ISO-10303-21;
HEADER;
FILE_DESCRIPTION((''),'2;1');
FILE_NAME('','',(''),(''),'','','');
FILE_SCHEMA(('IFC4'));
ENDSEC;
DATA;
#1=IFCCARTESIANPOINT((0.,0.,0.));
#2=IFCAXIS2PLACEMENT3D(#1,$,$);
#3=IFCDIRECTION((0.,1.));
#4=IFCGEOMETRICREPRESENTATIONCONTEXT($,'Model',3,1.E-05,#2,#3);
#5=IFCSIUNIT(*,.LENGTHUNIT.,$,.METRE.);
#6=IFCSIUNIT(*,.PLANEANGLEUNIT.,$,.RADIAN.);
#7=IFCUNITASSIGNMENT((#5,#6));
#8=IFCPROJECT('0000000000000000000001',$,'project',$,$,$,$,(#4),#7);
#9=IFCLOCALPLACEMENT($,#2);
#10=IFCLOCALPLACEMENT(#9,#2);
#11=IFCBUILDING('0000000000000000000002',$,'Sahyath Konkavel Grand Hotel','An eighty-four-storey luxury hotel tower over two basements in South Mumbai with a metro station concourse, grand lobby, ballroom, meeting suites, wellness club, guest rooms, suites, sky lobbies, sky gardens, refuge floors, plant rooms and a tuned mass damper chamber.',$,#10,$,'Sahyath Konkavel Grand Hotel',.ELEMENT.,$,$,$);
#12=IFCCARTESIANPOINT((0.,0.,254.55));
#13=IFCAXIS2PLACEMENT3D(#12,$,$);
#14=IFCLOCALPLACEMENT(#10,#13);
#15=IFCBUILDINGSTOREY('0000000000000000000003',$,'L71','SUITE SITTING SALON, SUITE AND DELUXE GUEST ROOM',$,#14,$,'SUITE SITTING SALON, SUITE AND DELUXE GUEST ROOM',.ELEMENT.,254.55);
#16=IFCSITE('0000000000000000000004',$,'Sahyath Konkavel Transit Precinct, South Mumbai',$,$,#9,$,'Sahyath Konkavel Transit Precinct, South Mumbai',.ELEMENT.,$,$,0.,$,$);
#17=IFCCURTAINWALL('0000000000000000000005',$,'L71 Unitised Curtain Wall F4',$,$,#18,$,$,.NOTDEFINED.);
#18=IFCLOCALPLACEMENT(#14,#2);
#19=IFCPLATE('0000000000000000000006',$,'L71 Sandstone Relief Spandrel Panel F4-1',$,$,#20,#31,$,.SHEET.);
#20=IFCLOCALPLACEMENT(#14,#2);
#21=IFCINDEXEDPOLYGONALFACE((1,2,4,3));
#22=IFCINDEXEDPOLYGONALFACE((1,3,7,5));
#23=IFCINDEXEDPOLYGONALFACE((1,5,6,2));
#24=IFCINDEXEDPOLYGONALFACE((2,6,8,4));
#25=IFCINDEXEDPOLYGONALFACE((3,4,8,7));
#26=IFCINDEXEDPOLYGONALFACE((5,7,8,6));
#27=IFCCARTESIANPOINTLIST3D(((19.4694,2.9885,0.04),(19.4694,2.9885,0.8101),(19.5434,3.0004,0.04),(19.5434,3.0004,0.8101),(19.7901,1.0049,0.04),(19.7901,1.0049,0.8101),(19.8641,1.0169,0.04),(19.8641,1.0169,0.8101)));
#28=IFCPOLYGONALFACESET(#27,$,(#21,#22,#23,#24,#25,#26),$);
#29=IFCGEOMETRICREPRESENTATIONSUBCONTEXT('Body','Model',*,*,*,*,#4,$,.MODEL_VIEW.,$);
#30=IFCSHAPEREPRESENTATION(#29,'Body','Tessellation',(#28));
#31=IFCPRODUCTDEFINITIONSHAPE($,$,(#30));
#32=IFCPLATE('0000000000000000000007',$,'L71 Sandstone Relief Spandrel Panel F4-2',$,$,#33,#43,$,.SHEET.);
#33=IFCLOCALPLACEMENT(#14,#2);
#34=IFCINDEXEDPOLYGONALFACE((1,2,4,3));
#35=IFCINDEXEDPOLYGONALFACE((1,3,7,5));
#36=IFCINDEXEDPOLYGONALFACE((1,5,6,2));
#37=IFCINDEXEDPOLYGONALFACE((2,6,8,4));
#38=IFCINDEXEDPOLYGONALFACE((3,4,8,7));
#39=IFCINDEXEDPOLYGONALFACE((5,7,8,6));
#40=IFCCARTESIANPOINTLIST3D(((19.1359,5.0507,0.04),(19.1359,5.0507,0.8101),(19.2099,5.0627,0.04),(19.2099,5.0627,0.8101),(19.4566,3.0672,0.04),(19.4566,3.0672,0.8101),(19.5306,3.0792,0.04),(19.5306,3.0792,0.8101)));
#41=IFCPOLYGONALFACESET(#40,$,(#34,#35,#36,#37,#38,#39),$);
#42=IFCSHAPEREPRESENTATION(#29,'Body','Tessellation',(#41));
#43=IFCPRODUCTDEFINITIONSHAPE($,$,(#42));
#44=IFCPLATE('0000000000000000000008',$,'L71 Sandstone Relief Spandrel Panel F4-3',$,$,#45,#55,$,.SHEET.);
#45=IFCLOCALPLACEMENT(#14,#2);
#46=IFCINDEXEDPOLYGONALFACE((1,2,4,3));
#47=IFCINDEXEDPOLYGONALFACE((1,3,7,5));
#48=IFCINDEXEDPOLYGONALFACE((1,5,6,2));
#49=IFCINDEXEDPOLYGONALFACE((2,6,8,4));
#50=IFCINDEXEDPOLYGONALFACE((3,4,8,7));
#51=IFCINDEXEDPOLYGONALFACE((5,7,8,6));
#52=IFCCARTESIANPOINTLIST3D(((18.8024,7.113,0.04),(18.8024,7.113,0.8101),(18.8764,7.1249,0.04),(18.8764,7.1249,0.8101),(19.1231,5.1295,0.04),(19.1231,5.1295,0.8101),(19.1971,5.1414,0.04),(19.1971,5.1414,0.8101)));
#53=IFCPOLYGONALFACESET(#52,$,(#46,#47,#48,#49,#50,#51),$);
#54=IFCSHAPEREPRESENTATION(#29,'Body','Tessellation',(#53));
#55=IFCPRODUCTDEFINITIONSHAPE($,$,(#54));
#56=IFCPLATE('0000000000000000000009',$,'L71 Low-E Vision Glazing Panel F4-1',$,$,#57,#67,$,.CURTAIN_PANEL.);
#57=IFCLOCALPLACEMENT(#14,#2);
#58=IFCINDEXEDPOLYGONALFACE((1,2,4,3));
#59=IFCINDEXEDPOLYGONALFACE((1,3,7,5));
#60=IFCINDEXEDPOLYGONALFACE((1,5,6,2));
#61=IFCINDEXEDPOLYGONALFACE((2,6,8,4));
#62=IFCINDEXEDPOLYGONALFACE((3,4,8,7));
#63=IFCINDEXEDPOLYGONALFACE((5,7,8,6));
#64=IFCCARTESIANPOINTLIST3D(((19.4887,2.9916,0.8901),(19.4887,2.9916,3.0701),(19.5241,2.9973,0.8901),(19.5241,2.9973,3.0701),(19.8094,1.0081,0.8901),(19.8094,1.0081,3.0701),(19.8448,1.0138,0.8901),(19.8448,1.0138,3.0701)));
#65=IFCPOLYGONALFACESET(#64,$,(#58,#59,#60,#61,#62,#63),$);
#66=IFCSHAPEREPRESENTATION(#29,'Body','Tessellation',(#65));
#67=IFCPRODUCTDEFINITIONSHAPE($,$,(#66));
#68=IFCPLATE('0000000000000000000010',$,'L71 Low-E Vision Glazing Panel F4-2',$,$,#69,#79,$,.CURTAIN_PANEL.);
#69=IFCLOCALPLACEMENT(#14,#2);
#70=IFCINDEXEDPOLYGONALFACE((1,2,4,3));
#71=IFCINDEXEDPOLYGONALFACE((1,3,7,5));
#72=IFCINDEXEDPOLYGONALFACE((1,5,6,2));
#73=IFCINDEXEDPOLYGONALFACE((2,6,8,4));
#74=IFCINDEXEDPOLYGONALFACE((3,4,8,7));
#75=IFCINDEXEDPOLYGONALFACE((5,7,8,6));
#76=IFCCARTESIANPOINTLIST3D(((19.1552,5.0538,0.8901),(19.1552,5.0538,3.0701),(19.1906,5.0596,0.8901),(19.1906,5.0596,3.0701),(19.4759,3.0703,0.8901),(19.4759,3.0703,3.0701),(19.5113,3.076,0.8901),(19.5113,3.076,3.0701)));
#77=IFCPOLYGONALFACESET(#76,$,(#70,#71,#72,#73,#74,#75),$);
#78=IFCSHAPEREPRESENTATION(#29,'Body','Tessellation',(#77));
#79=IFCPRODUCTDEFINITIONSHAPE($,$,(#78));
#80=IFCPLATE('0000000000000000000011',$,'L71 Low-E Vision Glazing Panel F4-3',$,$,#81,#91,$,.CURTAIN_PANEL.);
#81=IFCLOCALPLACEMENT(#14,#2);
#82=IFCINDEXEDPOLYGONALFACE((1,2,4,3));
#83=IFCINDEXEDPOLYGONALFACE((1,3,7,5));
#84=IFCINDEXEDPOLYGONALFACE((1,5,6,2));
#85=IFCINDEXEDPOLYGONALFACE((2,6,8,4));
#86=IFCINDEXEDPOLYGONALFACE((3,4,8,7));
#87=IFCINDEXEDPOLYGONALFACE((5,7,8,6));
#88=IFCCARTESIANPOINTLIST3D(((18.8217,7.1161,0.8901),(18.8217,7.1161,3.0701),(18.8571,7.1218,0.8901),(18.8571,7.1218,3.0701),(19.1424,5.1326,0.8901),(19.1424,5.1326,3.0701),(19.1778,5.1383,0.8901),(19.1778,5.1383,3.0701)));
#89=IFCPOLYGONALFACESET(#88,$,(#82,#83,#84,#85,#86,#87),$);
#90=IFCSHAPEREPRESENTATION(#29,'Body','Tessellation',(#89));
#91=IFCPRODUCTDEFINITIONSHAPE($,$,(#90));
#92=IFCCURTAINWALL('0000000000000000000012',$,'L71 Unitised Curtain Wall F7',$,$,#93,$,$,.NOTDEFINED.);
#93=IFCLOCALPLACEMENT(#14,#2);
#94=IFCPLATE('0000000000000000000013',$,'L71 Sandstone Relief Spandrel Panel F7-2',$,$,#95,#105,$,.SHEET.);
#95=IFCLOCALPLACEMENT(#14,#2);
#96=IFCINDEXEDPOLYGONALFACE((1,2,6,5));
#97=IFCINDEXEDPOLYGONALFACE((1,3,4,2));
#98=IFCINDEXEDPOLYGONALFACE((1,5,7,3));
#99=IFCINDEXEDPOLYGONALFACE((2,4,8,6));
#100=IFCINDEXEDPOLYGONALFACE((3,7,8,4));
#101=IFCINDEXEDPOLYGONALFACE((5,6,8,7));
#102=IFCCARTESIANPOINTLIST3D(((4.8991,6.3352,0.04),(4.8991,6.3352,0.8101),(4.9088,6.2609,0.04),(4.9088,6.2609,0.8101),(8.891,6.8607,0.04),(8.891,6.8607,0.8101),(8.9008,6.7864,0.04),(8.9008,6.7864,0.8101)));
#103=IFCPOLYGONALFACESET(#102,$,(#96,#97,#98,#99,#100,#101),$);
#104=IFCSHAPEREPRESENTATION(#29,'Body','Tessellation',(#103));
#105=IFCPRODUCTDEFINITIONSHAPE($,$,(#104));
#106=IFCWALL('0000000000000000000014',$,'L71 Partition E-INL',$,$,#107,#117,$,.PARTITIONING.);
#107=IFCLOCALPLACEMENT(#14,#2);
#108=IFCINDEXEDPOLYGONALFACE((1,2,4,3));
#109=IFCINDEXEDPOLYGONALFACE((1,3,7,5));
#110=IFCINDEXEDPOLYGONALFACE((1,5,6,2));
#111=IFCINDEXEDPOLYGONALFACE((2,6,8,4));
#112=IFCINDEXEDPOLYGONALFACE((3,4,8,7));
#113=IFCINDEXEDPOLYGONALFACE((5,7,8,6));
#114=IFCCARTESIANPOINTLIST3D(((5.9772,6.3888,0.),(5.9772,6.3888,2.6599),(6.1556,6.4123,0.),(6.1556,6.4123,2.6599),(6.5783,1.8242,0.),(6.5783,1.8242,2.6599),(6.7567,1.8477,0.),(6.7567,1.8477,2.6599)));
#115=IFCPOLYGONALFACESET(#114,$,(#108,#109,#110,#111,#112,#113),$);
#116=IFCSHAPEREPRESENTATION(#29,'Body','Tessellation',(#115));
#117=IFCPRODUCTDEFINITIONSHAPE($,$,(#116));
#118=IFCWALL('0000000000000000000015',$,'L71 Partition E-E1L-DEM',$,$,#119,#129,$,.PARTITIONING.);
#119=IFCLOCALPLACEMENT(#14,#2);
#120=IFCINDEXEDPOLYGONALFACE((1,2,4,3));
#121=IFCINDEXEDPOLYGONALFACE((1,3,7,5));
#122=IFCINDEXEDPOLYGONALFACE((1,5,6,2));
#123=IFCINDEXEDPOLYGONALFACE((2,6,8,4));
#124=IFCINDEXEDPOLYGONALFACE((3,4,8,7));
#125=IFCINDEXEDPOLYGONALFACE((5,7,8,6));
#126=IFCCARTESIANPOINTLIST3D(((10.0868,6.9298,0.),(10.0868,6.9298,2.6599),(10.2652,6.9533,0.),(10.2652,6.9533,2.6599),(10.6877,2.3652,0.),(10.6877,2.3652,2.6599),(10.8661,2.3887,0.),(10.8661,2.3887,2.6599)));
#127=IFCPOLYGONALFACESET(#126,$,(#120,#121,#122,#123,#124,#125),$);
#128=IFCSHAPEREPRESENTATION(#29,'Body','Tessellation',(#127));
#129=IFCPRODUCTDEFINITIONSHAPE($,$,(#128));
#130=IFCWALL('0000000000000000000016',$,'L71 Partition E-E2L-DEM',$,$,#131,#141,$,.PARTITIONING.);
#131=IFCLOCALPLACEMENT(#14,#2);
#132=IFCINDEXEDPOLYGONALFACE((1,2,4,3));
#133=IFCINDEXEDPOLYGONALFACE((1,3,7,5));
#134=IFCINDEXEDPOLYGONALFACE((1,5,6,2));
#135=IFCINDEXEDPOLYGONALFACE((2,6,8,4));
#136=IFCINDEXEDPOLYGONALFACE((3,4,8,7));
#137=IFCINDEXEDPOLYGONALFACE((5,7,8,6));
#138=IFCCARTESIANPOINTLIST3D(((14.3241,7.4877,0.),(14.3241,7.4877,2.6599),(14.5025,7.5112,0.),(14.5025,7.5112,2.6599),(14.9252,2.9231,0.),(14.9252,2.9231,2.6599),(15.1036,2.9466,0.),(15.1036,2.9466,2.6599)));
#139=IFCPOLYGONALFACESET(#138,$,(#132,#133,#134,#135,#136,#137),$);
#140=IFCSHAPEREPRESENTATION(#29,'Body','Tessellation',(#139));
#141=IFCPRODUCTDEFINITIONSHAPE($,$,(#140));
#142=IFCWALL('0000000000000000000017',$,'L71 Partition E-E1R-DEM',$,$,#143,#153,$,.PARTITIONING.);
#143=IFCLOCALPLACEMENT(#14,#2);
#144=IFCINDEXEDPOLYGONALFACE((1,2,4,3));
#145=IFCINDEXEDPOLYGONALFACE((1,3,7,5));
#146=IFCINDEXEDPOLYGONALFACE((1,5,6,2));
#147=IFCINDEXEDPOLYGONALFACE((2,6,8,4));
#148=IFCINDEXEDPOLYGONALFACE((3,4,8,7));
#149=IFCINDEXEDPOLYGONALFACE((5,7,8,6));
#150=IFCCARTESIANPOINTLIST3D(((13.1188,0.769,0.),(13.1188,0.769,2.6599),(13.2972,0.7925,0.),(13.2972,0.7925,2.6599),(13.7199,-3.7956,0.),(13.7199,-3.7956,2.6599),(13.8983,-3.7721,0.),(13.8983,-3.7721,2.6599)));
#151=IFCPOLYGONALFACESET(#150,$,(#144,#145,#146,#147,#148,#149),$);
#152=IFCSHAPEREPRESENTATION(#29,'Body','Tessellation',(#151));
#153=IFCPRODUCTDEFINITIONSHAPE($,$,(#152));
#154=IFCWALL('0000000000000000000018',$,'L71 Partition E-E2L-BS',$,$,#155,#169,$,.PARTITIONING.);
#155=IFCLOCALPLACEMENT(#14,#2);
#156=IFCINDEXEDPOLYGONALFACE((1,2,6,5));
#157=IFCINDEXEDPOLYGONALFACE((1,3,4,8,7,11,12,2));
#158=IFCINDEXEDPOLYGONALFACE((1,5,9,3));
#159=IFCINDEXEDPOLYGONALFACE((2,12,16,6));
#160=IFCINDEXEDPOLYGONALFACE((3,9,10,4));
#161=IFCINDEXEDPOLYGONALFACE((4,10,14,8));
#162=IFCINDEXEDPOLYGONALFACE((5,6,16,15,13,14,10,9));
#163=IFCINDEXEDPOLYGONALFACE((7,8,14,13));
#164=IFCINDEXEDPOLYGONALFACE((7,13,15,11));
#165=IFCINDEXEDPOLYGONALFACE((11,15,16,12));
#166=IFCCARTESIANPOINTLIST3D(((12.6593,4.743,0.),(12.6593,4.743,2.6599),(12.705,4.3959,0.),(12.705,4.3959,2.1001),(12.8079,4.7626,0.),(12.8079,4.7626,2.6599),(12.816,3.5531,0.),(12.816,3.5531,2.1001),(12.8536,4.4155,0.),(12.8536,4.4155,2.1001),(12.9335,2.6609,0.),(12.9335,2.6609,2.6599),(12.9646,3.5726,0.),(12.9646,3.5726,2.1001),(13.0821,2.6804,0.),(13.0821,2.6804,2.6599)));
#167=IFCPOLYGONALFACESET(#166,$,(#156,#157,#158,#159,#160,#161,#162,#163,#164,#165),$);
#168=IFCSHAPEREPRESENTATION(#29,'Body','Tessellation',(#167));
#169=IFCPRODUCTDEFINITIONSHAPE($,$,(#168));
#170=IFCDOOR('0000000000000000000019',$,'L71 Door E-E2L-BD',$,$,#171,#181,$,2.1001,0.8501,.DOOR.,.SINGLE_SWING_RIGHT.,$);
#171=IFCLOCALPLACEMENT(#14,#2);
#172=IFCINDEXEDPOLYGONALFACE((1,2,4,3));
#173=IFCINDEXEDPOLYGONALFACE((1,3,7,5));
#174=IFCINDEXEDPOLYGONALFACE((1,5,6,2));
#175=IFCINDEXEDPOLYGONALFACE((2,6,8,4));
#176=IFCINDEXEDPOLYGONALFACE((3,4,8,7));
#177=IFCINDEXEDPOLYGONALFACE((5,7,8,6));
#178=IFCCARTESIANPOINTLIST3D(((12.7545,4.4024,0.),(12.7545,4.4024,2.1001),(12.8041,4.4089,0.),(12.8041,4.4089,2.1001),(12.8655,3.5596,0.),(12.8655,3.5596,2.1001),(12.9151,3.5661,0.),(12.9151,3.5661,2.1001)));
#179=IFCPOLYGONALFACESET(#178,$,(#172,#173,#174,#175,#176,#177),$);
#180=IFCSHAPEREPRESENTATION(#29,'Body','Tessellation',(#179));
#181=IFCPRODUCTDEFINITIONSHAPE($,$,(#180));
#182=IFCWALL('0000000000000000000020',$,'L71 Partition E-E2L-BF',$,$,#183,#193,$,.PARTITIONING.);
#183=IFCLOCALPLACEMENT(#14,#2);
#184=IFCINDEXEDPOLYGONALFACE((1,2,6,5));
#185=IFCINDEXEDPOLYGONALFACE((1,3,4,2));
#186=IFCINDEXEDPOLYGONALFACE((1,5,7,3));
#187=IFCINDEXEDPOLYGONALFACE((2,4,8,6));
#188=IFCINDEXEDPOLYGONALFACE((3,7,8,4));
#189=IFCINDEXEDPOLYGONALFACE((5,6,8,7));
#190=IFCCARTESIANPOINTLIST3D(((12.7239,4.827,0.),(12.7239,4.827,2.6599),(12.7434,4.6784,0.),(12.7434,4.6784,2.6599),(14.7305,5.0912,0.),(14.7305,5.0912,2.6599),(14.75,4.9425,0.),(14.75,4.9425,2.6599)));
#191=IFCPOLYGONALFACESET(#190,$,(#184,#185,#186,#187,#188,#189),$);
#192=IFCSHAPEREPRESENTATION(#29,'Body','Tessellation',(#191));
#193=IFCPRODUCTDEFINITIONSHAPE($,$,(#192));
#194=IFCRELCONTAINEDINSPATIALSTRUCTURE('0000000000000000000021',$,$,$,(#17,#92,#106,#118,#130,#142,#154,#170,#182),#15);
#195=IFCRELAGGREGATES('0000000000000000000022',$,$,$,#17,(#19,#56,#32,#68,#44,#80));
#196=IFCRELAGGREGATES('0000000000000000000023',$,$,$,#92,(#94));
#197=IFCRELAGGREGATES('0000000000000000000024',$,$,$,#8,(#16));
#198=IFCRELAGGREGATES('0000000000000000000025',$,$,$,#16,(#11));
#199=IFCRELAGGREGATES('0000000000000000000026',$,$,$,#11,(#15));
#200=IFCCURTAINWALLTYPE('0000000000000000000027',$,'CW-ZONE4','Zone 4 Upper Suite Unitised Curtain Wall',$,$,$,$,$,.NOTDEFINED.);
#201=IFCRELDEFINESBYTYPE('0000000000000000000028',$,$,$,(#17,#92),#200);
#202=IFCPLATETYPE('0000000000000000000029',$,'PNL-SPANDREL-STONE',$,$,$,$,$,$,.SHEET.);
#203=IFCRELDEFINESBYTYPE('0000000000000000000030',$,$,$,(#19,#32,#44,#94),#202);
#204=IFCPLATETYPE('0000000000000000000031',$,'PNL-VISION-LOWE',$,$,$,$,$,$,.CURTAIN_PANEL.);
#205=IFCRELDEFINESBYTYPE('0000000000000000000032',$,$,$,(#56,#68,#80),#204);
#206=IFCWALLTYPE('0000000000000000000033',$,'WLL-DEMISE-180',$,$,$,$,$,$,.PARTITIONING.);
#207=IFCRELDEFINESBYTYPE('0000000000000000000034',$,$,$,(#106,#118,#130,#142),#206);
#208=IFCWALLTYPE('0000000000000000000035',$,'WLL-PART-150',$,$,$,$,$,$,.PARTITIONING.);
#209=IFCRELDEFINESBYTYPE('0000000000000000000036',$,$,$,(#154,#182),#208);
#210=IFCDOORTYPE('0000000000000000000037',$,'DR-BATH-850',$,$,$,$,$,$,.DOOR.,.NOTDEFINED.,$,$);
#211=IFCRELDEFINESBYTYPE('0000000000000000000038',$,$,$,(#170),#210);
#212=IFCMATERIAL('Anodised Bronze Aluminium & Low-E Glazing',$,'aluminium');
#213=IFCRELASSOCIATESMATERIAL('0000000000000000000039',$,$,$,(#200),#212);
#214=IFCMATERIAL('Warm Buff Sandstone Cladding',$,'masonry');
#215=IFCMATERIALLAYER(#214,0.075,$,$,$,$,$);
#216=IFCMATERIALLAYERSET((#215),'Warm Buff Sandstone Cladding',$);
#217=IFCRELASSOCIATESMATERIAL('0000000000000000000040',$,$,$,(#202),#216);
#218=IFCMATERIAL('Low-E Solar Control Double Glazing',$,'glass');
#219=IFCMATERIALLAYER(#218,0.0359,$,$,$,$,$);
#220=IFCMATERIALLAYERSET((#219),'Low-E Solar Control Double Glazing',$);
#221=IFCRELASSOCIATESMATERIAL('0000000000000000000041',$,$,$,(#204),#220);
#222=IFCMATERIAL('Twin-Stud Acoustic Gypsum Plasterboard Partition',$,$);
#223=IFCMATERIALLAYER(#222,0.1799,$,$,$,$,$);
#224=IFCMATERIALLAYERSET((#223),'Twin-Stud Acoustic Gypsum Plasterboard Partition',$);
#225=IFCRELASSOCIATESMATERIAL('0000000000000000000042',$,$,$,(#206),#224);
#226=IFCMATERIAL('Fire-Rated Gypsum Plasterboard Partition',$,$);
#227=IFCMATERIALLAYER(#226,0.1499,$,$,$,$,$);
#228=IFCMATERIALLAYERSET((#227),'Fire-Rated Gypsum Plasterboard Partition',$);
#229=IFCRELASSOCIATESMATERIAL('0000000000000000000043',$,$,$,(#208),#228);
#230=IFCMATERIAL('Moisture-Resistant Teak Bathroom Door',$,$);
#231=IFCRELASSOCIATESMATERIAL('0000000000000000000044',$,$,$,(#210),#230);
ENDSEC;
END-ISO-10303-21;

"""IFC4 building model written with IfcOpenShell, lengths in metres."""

from ifc_helpers import new_model, si_unit, direction, frame, frame_2d, origin, origin_2d, place, context, subcontext, project, spatial, rectangle, extrude, source, transform, mapped, material, layer, layer_set, type_object, element, fill, aggregate, save


model = new_model("IFC4")

# Units and contexts
model_context = context("Model", 3, precision=1e-05, world=origin(), true_north=direction((0.0, 1.0)))
body_context = subcontext(model_context, "Body", "Model", "MODEL_VIEW")
ifc_project = project(units=[si_unit("LENGTHUNIT", "METRE"), si_unit("PLANEANGLEUNIT", "RADIAN")], contexts=[model_context])

# Site, building, storey
site_placement = place(None, origin())
site = spatial("IfcSite", under=ifc_project, at=site_placement, Name="Sahyath Konkavel Transit Precinct, South Mumbai", LongName="Sahyath Konkavel Transit Precinct, South Mumbai", CompositionType="ELEMENT", RefElevation=0.0)
building_placement = place(site_placement, origin())
building = spatial("IfcBuilding", under=site, at=building_placement, Name="Sahyath Konkavel Grand Hotel", Description="An eighty-four-storey luxury hotel tower over two basements in South Mumbai with a metro station concourse, grand lobby, ballroom, meeting suites, wellness club, guest rooms, suites, sky lobbies, sky gardens, refuge floors, plant rooms and a tuned mass damper chamber.", LongName="Sahyath Konkavel Grand Hotel", CompositionType="ELEMENT")
storey_placement = place(building_placement, frame((0.0, 0.0, 254.55)))
storey = spatial("IfcBuildingStorey", under=building, at=storey_placement, Name="L71", Description="SUITE SITTING SALON, SUITE AND DELUXE GUEST ROOM", LongName="SUITE SITTING SALON, SUITE AND DELUXE GUEST ROOM", CompositionType="ELEMENT", Elevation=254.55)

# Curtain wall
ifc_material_1 = material(Name="Anodised Bronze Aluminium & Low-E Glazing", Category="aluminium")
curtain_wall_type = type_object("IfcCurtainWallType", Name="CW-ZONE4", Description="Zone 4 Upper Suite Unitised Curtain Wall", PredefinedType="NOTDEFINED", material=ifc_material_1)
curtain_wall_1_placement = place(storey_placement, origin())
curtain_wall_1 = element("IfcCurtainWall", 1, at=curtain_wall_1_placement, inside=storey, type_object=curtain_wall_type, Name="L71 Unitised Curtain Wall F4", PredefinedType="NOTDEFINED")

# Plates
ifc_material_2 = material(Name="Warm Buff Sandstone Cladding", Category="masonry")
ifc_layer_1 = layer(ifc_material_2, 0.075)
ifc_layer_set_1 = layer_set([ifc_layer_1], Name="Warm Buff Sandstone Cladding")
plate_type_1 = type_object("IfcPlateType", Name="PNL-SPANDREL-STONE", PredefinedType="SHEET", material=ifc_layer_set_1)
shared_shape_1 = source(origin(), body_context, "Body", "SweptSolid", [
    extrude(rectangle(XDim=2.0093, YDim=0.075, at=origin_2d()), origin(), (0.0, 0.0, 1.0), 0.77),
])
plate_1_placement = place(storey_placement, frame((19.6667, 2.0027, 0.04), z_axis=(0.0, 0.0, 1.0), x_axis=(-0.159606, 0.987181, 0.0)))
plate_1 = element("IfcPlate", 2, at=plate_1_placement, type_object=plate_type_1, Name="L71 Sandstone Relief Spandrel Panel F4-1", PredefinedType="SHEET", context=body_context, shape_type="MappedRepresentation", body=[
    mapped(shared_shape_1, transform((0.0, 0.0, 0.0), scale=1.0)),
])
plate_2_placement = place(storey_placement, frame((19.3333, 4.0649, 0.04), z_axis=(0.0, 0.0, 1.0), x_axis=(-0.159606, 0.987181, 0.0)))
plate_2 = element("IfcPlate", 3, at=plate_2_placement, type_object=plate_type_1, Name="L71 Sandstone Relief Spandrel Panel F4-2", PredefinedType="SHEET", context=body_context, shape_type="MappedRepresentation", body=[
    mapped(shared_shape_1, transform((0.0, 0.0, 0.0), scale=1.0)),
])
plate_3_placement = place(storey_placement, frame((18.9998, 6.1272, 0.04), z_axis=(0.0, 0.0, 1.0), x_axis=(-0.159606, 0.987181, 0.0)))
plate_3 = element("IfcPlate", 4, at=plate_3_placement, type_object=plate_type_1, Name="L71 Sandstone Relief Spandrel Panel F4-3", PredefinedType="SHEET", context=body_context, shape_type="MappedRepresentation", body=[
    mapped(shared_shape_1, transform((0.0, 0.0, 0.0), scale=1.0)),
])
ifc_material_3 = material(Name="Low-E Solar Control Double Glazing", Category="glass")
ifc_layer_2 = layer(ifc_material_3, 0.0359)
ifc_layer_set_2 = layer_set([ifc_layer_2], Name="Low-E Solar Control Double Glazing")
plate_type_2 = type_object("IfcPlateType", Name="PNL-VISION-LOWE", PredefinedType="CURTAIN_PANEL", material=ifc_layer_set_2)
shared_shape_2 = source(origin(), body_context, "Body", "SweptSolid", [
    extrude(rectangle(XDim=2.0093, YDim=0.0359, at=origin_2d()), origin(), (0.0, 0.0, 1.0), 2.1799),
])
plate_4_placement = place(storey_placement, frame((19.6667, 2.0027, 0.8901), z_axis=(0.0, 0.0, 1.0), x_axis=(-0.159606, 0.987181, 0.0)))
plate_4 = element("IfcPlate", 5, at=plate_4_placement, type_object=plate_type_2, Name="L71 Low-E Vision Glazing Panel F4-1", PredefinedType="CURTAIN_PANEL", context=body_context, shape_type="MappedRepresentation", body=[
    mapped(shared_shape_2, transform((0.0, 0.0, 0.0), scale=1.0)),
])
plate_5_placement = place(storey_placement, frame((19.3333, 4.0649, 0.8901), z_axis=(0.0, 0.0, 1.0), x_axis=(-0.159606, 0.987181, 0.0)))
plate_5 = element("IfcPlate", 6, at=plate_5_placement, type_object=plate_type_2, Name="L71 Low-E Vision Glazing Panel F4-2", PredefinedType="CURTAIN_PANEL", context=body_context, shape_type="MappedRepresentation", body=[
    mapped(shared_shape_2, transform((0.0, 0.0, 0.0), scale=1.0)),
])
plate_6_placement = place(storey_placement, frame((18.9998, 6.1272, 0.8901), z_axis=(0.0, 0.0, 1.0), x_axis=(-0.159606, 0.987181, 0.0)))
plate_6 = element("IfcPlate", 7, at=plate_6_placement, type_object=plate_type_2, Name="L71 Low-E Vision Glazing Panel F4-3", PredefinedType="CURTAIN_PANEL", context=body_context, shape_type="MappedRepresentation", body=[
    mapped(shared_shape_2, transform((0.0, 0.0, 0.0), scale=1.0)),
])
aggregate(curtain_wall_1, [plate_1, plate_4, plate_2, plate_5, plate_3, plate_6])

# Curtain wall, plate
curtain_wall_2_placement = place(storey_placement, origin())
curtain_wall_2 = element("IfcCurtainWall", 8, at=curtain_wall_2_placement, inside=storey, type_object=curtain_wall_type, Name="L71 Unitised Curtain Wall F7", PredefinedType="NOTDEFINED")
shared_shape_3 = source(origin(), body_context, "Body", "SweptSolid", [
    extrude(rectangle(XDim=4.0264, YDim=0.075, at=origin_2d()), origin(), (0.0, 0.0, 1.0), 0.77),
])
plate_7_placement = place(storey_placement, frame((6.8999, 6.5608, 0.04), z_axis=(0.0, 0.0, 1.0), x_axis=(-0.991445, -0.130526, 0.0)))
plate_7 = element("IfcPlate", 9, at=plate_7_placement, type_object=plate_type_1, Name="L71 Sandstone Relief Spandrel Panel F7-2", PredefinedType="SHEET", context=body_context, shape_type="MappedRepresentation", body=[
    mapped(shared_shape_3, transform((0.0, 0.0, 0.0), scale=1.0)),
])
aggregate(curtain_wall_2, [plate_7])

# Walls
ifc_material_4 = material(Name="Twin-Stud Acoustic Gypsum Plasterboard Partition")
ifc_layer_3 = layer(ifc_material_4, 0.1799)
ifc_layer_set_3 = layer_set([ifc_layer_3], Name="Twin-Stud Acoustic Gypsum Plasterboard Partition")
wall_type_1 = type_object("IfcWallType", Name="WLL-DEMISE-180", PredefinedType="PARTITIONING", material=ifc_layer_set_3)
for number, where, z_axis, x_axis, name in (
    (10, (6.6675, 1.8359, 0.0), (0.0, 0.0, 1.0), (-0.130552, 0.991441, 0.0), "L71 Partition E-INL"),
    (11, (10.7769, 2.377, 0.0), (0.0, 0.0, 1.0), (-0.1305, 0.991448, 0.0), "L71 Partition E-E1L-DEM"),
    (12, (15.0144, 2.9348, 0.0), (0.0, 0.0, 1.0), (-0.130552, 0.991441, 0.0), "L71 Partition E-E2L-DEM"),
    (13, (13.208, 0.7808, 0.0), (0.0, 0.0, 1.0), (0.130552, -0.991441, 0.0), "L71 Partition E-E1R-DEM"),
):
    element("IfcWall", number, at=place(storey_placement, frame(where, z_axis=z_axis, x_axis=x_axis)), inside=storey, type_object=wall_type_1, Name=name, PredefinedType="PARTITIONING", context=body_context, shape_type="SweptSolid", body=[
        extrude(rectangle(XDim=4.604, YDim=0.1799, at=frame_2d((2.302, 0.0))), origin(), (0.0, 0.0, 1.0), 2.6599),
    ])

# Wall, opening, door
ifc_material_5 = material(Name="Fire-Rated Gypsum Plasterboard Partition")
ifc_layer_4 = layer(ifc_material_5, 0.1499)
ifc_layer_set_4 = layer_set([ifc_layer_4], Name="Fire-Rated Gypsum Plasterboard Partition")
wall_type_2 = type_object("IfcWallType", Name="WLL-PART-150", PredefinedType="PARTITIONING", material=ifc_layer_set_4)
wall_1_placement = place(storey_placement, frame((13.0078, 2.6707, 0.0), z_axis=(0.0, 0.0, 1.0), x_axis=(-0.130557, 0.991441, 0.0)))
wall_1 = element("IfcWall", 14, at=wall_1_placement, inside=storey, type_object=wall_type_2, Name="L71 Partition E-E2L-BS", PredefinedType="PARTITIONING", context=body_context, shape_type="SweptSolid", body=[
    extrude(rectangle(XDim=2.1001, YDim=0.1499, at=frame_2d((1.05, 0.0))), origin(), (0.0, 0.0, 1.0), 2.6599),
])
opening_1_placement = place(wall_1_placement, frame((0.8999, 0.0, 0.0)))
opening_1 = element("IfcOpeningElement", 15, at=opening_1_placement, cuts=wall_1, PredefinedType="OPENING", context=body_context, shape_type="SweptSolid", body=[
    extrude(rectangle(XDim=0.8501, YDim=2.1001, at=frame_2d((0.425, 1.05))), frame((0.0, 0.085, 0.0), z_axis=(0.0, -1.0, 0.0), x_axis=(1.0, 0.0, 0.0)), (0.0, 0.0, 1.0), 0.1699),
])
ifc_material_6 = material(Name="Moisture-Resistant Teak Bathroom Door")
door_type = type_object("IfcDoorType", Name="DR-BATH-850", OperationType="NOTDEFINED", PredefinedType="DOOR", material=ifc_material_6)
shared_shape_4 = source(origin(), body_context, "Body", "SweptSolid", [
    extrude(rectangle(XDim=0.8501, YDim=0.05, at=origin_2d()), origin(), (0.0, 0.0, 1.0), 2.1001),
])
door_1_placement = place(opening_1_placement, frame((0.425, 0.0, 0.0)))
door_1 = element("IfcDoor", 16, at=door_1_placement, inside=storey, type_object=door_type, Name="L71 Door E-E2L-BD", OperationType="SINGLE_SWING_RIGHT", OverallHeight=2.1001, OverallWidth=0.8501, PredefinedType="DOOR", context=body_context, shape_type="MappedRepresentation", body=[
    mapped(shared_shape_4, transform((0.0, 0.0, 0.0), scale=1.0)),
])
fill(opening_1, door_1)

# Wall
wall_2_placement = place(storey_placement, frame((12.7336, 4.7527, 0.0), z_axis=(0.0, 0.0, 1.0), x_axis=(0.991446, 0.13052, 0.0)))
element("IfcWall", 17, at=wall_2_placement, inside=storey, type_object=wall_type_2, Name="L71 Partition E-E2L-BF", PredefinedType="PARTITIONING", context=body_context, shape_type="SweptSolid", body=[
    extrude(rectangle(XDim=2.0239, YDim=0.1499, at=frame_2d((1.012, 0.0))), origin(), (0.0, 0.0, 1.0), 2.6599),
])

save(model, "model.ifc")
